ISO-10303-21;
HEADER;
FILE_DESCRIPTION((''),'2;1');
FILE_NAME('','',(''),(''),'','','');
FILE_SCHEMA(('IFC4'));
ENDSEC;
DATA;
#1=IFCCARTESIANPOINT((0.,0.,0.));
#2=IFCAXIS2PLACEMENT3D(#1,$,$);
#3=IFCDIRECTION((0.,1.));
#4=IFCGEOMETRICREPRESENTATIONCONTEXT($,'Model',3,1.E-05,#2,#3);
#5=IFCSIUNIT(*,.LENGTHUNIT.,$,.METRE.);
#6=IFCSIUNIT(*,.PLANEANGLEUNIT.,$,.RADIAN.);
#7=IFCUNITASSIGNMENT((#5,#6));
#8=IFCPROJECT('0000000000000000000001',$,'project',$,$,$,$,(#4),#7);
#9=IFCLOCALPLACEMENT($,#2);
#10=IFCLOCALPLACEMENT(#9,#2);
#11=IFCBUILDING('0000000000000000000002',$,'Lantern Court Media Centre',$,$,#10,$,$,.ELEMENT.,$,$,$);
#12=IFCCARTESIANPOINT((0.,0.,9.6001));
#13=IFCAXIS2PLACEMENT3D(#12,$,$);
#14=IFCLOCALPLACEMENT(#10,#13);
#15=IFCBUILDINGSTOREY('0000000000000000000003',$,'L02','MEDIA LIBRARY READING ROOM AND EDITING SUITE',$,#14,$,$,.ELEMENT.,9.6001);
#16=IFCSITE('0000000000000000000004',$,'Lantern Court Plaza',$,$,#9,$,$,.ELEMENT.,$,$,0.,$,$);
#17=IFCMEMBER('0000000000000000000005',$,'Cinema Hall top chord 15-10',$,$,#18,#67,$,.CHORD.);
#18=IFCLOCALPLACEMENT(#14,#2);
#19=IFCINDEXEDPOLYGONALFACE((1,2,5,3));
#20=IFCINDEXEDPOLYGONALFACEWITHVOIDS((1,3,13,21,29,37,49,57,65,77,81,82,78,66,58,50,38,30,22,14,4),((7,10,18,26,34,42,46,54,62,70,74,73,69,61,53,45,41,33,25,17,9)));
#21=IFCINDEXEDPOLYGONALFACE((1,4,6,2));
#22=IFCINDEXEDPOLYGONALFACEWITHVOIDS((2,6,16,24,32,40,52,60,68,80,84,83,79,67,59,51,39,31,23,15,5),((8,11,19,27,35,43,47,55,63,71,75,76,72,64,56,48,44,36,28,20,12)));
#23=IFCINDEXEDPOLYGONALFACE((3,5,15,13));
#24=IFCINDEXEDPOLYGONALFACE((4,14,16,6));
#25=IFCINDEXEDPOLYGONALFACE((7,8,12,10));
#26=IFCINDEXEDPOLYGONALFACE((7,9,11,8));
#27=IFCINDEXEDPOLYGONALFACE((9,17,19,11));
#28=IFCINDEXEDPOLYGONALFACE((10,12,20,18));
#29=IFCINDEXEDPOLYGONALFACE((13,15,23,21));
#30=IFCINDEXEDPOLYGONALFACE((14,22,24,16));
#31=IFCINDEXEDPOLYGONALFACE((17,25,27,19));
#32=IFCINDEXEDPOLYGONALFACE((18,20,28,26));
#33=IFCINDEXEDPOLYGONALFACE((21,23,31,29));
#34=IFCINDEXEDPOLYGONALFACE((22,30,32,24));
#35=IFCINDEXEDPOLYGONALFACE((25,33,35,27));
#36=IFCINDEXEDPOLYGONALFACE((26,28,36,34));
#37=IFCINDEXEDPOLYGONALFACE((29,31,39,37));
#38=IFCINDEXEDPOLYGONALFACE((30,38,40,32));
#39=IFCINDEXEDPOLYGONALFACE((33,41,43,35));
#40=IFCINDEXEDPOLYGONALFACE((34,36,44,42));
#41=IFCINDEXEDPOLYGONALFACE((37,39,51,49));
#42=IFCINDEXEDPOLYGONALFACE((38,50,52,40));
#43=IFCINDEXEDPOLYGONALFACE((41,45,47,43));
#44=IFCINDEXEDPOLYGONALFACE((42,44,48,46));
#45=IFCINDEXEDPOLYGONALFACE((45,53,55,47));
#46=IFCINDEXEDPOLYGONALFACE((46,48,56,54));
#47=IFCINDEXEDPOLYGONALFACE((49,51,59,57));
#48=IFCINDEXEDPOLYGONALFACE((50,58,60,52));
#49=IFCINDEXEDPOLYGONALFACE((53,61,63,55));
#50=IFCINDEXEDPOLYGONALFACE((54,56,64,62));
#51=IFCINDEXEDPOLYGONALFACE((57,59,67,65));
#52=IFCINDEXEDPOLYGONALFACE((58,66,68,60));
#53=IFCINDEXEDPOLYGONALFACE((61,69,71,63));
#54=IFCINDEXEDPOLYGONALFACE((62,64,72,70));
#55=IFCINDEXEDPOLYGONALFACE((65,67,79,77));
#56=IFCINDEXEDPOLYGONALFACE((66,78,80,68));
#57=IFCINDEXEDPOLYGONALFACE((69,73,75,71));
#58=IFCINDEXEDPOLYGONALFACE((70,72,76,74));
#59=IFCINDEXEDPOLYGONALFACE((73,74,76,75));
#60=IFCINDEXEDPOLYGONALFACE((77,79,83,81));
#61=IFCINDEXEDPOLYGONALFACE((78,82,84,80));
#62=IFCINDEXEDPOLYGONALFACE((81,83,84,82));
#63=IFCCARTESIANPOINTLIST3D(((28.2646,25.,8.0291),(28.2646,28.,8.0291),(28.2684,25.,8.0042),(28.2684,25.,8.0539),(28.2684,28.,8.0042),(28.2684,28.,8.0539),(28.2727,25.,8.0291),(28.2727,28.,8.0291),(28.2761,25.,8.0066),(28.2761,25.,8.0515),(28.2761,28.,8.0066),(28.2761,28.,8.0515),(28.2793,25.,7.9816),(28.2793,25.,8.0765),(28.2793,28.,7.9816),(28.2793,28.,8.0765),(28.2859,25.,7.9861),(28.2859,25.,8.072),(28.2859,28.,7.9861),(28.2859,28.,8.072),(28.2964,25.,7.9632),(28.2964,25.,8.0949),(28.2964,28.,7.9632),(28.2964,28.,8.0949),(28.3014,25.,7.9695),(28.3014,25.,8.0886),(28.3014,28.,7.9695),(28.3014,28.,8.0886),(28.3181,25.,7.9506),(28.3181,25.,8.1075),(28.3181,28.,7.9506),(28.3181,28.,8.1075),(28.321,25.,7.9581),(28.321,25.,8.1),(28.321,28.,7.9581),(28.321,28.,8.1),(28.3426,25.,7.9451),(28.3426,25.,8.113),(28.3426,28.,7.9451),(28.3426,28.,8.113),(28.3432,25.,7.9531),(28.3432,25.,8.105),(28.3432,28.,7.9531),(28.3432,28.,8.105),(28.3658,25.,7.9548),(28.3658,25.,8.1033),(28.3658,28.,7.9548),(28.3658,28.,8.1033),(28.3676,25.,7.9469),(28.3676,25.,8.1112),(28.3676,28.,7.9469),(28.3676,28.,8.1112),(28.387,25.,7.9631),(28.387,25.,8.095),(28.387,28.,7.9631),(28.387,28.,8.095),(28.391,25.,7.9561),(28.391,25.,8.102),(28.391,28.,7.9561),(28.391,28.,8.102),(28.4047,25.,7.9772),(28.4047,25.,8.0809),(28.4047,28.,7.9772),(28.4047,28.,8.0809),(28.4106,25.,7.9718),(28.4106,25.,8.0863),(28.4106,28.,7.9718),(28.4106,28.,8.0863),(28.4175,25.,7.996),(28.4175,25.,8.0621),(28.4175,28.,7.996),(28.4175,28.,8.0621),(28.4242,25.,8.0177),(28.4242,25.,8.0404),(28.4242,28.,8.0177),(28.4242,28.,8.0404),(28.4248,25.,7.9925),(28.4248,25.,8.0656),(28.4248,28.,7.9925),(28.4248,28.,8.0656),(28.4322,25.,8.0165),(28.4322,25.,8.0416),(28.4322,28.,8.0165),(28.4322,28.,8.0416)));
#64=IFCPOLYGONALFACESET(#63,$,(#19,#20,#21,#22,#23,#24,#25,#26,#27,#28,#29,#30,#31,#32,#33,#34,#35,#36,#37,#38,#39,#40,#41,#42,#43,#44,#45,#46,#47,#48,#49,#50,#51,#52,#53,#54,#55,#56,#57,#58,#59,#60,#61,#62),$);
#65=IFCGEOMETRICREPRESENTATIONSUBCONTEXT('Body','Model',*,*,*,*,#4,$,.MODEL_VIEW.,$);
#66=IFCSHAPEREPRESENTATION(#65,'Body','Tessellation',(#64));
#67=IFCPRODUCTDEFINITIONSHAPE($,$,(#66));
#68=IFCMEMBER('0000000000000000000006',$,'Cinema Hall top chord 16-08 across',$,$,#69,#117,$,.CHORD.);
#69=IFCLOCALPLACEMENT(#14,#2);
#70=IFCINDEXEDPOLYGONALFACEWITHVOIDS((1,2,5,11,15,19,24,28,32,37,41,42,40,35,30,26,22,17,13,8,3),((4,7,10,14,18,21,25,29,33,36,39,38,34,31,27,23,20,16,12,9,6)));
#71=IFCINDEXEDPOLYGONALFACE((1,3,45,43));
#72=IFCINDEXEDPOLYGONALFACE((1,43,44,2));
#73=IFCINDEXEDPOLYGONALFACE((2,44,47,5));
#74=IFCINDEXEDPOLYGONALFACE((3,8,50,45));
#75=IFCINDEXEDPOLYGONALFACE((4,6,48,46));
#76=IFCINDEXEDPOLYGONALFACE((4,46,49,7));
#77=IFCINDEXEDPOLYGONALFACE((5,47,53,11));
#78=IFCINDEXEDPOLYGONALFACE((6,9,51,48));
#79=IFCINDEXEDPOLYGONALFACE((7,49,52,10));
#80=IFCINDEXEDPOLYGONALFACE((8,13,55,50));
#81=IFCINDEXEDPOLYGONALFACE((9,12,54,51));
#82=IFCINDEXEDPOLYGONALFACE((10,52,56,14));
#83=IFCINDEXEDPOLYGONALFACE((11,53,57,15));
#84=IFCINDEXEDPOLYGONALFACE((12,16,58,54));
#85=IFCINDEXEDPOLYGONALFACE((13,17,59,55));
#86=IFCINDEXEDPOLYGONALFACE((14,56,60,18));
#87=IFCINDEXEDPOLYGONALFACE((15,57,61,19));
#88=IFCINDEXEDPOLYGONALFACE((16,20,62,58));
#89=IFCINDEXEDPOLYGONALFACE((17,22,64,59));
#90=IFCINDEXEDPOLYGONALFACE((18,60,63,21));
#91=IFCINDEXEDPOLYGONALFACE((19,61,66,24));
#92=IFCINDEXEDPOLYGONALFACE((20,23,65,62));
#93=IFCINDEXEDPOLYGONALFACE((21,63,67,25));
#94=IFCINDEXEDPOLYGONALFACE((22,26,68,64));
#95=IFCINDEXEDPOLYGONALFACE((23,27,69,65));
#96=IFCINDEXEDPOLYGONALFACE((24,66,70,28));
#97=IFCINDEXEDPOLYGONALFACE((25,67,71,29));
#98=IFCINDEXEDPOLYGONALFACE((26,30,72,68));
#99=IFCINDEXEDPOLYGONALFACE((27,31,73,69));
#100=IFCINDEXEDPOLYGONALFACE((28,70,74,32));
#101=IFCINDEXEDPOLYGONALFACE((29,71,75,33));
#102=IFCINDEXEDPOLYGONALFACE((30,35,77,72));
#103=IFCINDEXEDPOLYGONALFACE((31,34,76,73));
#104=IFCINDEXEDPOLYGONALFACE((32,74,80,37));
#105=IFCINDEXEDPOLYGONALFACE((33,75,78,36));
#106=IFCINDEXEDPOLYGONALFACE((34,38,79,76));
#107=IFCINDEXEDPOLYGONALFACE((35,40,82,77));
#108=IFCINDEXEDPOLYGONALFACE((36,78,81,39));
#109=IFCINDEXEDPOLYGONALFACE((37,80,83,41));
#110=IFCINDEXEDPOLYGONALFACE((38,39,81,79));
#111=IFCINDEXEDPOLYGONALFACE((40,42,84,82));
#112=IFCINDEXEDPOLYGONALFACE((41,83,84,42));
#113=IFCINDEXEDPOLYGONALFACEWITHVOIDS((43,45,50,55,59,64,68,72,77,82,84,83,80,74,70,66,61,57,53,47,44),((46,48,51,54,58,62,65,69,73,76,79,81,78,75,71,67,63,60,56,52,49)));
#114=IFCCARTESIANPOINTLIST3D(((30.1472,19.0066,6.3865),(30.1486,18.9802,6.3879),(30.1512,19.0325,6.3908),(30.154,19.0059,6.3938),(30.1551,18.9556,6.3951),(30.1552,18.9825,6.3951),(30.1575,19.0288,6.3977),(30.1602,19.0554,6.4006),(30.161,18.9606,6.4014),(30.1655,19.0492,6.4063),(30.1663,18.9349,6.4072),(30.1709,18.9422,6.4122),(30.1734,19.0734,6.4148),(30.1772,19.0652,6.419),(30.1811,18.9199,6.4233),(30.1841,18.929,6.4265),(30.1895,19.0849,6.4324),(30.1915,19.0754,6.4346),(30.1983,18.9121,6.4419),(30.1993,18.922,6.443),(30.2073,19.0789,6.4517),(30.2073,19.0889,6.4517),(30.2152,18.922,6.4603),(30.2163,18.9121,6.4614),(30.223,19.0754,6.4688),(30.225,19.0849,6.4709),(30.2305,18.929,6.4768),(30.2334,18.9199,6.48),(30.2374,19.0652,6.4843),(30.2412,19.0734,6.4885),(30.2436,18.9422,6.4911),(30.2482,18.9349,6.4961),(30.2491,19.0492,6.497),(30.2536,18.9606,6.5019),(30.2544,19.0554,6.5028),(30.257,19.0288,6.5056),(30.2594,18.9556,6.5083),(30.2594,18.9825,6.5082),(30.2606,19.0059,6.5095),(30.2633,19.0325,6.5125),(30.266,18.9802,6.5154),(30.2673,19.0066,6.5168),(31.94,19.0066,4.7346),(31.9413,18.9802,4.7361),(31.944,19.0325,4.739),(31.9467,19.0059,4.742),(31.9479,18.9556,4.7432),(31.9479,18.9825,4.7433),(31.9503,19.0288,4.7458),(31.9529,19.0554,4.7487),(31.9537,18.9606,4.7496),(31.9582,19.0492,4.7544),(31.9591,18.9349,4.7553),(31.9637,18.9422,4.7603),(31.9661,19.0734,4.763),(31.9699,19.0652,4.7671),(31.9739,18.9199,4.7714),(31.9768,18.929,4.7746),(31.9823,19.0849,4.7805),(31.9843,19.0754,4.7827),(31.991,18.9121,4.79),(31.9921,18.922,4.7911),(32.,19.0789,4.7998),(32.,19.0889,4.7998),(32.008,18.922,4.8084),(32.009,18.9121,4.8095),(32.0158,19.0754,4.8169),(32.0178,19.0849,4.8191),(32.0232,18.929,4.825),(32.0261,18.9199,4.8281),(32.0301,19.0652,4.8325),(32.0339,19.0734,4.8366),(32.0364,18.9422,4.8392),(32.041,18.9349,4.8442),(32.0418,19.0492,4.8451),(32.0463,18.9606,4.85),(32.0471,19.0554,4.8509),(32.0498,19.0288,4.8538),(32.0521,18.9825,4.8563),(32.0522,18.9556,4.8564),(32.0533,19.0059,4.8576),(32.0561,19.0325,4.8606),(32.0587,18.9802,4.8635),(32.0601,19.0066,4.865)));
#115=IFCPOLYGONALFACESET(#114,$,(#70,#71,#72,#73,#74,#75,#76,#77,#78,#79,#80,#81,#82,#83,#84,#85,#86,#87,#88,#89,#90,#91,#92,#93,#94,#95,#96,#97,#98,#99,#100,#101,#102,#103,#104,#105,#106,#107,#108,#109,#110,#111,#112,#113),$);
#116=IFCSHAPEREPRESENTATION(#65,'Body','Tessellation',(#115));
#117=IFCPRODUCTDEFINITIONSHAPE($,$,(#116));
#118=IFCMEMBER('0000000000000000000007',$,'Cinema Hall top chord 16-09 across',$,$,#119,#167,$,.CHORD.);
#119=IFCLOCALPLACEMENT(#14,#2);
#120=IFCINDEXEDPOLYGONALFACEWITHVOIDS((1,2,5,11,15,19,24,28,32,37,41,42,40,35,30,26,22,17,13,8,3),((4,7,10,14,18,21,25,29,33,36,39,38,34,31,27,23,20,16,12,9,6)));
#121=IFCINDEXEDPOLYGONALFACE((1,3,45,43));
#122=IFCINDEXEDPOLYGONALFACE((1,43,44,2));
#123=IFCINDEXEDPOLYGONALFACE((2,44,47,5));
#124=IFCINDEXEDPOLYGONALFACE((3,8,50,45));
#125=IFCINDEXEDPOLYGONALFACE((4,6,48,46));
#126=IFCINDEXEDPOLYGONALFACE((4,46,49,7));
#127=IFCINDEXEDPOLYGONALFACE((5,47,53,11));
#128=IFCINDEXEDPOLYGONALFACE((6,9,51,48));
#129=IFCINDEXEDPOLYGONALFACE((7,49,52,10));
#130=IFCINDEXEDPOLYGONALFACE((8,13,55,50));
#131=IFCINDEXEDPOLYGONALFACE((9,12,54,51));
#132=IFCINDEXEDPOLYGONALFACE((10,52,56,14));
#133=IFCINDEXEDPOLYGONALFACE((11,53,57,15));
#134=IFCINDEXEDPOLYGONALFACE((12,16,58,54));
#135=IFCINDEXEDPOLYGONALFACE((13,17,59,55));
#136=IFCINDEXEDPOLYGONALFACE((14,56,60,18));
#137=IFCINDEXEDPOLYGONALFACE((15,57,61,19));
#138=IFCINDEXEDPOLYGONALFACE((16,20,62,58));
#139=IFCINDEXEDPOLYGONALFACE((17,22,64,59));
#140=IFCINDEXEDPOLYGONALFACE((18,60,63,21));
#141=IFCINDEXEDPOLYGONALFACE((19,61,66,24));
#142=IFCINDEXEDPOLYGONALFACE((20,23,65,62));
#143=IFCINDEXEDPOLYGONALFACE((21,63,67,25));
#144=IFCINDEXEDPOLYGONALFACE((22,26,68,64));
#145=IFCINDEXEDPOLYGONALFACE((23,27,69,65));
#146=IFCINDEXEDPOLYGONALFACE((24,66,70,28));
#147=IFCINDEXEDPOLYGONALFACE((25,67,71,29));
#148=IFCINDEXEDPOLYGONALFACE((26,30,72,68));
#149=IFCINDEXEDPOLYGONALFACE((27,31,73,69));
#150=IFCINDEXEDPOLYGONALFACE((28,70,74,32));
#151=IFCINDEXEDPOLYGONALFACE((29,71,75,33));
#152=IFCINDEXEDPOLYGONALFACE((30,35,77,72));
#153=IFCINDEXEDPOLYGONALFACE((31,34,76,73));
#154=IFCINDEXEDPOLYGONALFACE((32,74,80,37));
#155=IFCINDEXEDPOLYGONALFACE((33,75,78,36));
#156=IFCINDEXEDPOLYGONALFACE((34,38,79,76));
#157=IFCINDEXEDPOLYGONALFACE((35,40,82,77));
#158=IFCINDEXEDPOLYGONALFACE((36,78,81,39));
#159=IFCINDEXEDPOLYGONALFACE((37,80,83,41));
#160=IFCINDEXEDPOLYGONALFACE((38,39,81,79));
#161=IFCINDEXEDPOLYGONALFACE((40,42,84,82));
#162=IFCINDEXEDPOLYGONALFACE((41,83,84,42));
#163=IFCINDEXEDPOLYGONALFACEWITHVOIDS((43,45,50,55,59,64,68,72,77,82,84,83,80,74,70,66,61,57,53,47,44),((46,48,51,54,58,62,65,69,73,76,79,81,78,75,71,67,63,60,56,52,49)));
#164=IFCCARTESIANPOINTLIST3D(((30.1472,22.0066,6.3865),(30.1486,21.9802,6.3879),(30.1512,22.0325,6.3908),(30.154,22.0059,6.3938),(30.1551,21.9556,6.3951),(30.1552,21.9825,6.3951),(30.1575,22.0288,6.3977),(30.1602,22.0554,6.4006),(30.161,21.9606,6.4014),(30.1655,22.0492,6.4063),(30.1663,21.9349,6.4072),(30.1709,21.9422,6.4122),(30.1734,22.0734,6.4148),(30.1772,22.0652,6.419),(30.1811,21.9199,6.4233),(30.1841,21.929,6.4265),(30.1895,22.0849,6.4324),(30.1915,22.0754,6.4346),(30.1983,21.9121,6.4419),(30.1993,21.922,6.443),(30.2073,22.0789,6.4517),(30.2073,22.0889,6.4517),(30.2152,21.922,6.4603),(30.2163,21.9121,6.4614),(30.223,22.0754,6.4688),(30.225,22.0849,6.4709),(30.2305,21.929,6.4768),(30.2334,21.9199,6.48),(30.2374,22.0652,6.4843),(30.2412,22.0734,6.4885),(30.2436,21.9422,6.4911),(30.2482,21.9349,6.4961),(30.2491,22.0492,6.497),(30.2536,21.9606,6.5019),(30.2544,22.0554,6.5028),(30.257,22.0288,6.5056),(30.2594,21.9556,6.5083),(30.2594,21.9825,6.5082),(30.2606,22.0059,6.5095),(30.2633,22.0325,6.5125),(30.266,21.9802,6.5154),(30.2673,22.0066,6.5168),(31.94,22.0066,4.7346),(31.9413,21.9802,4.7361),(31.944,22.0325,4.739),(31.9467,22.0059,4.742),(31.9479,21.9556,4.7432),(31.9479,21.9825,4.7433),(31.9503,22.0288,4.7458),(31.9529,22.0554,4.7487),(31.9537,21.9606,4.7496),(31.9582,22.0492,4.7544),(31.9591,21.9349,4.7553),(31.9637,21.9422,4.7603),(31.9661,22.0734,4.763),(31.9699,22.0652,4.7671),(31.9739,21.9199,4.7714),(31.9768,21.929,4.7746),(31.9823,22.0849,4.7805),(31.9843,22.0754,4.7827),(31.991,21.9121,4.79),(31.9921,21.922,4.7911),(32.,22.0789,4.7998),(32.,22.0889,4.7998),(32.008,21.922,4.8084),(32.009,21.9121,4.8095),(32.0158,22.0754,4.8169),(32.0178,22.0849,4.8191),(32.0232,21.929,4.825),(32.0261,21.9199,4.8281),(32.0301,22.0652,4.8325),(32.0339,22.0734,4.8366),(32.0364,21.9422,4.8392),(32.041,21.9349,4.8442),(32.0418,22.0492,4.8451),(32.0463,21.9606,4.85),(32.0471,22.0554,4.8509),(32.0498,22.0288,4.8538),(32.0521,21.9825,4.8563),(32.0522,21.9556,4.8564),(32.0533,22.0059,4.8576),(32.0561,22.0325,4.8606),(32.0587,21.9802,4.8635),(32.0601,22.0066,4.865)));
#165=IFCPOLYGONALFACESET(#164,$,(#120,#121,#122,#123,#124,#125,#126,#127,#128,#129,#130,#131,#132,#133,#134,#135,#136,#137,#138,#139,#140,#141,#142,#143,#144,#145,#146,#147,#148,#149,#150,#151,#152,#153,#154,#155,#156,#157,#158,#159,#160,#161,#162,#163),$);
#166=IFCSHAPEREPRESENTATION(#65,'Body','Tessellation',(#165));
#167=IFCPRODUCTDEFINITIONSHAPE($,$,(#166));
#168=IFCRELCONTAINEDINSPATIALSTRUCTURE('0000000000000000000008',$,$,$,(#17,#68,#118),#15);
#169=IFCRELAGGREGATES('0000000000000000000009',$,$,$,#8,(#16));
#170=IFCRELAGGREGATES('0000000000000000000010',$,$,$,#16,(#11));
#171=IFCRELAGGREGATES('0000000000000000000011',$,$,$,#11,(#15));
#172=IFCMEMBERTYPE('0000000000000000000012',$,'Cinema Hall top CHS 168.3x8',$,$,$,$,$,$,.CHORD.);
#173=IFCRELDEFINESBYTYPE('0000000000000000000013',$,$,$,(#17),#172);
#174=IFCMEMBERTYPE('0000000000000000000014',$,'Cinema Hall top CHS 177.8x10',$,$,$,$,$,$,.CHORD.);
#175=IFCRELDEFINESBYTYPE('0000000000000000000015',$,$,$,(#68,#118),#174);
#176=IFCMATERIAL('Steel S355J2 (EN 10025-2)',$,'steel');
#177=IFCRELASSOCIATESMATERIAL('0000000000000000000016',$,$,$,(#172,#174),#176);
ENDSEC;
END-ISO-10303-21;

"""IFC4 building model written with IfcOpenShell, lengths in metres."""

from ifc_helpers import new_model, si_unit, direction, frame, origin, origin_2d, place, context, subcontext, project, spatial, hollow_circle, extrude, material, material_profile, profile_set, type_object, element, save


model = new_model("IFC4")

# Units and contexts
model_context = context("Model", 3, precision=1e-05, world=origin(), true_north=direction((0.0, 1.0)))
body_context = subcontext(model_context, "Body", "Model", "MODEL_VIEW")
ifc_project = project(units=[si_unit("LENGTHUNIT", "METRE"), si_unit("PLANEANGLEUNIT", "RADIAN")], contexts=[model_context])

# Site, building, storey
site_placement = place(None, origin())
site = spatial("IfcSite", under=ifc_project, at=site_placement, Name="Lantern Court Plaza", CompositionType="ELEMENT", RefElevation=0.0)
building_placement = place(site_placement, origin())
building = spatial("IfcBuilding", under=site, at=building_placement, Name="Lantern Court Media Centre", CompositionType="ELEMENT")
storey_placement = place(building_placement, frame((0.0, 0.0, 9.6001)))
storey = spatial("IfcBuildingStorey", under=building, at=storey_placement, Name="L02", Description="MEDIA LIBRARY READING ROOM AND EDITING SUITE", CompositionType="ELEMENT", Elevation=9.6001)

# Members
ifc_material = material(Name="Steel S355J2 (EN 10025-2)", Category="steel")
ifc_material_profile_1 = material_profile(ifc_material, hollow_circle(Radius=0.0842, WallThickness=0.0081, at=origin_2d()), Name="Cinema Hall top CHS 168.3x8")
ifc_profile_set_1 = profile_set([ifc_material_profile_1], Name="Steel S355J2 (EN 10025-2)")
member_type_1 = type_object("IfcMemberType", Name="Cinema Hall top CHS 168.3x8", PredefinedType="CHORD", material=ifc_profile_set_1)
for number, where, z_axis, x_axis, name in (
    (1, (28.3489, 25.0, 8.0291), (0.0, 1.0, 0.0), (-1.0, 0.0, 0.0), "Cinema Hall top chord 15-10"),
):
    element("IfcMember", number, at=place(storey_placement, frame(where, z_axis=z_axis, x_axis=x_axis)), inside=storey, type_object=member_type_1, Name=name, PredefinedType="CHORD", context=body_context, shape_type="SweptSolid", body=[
        extrude(hollow_circle(Radius=0.0842, WallThickness=0.0081, at=origin_2d()), origin(), (0.0, 0.0, 1.0), 3.0),
    ])
ifc_material_profile_2 = material_profile(ifc_material, hollow_circle(Radius=0.0889, WallThickness=0.01, at=origin_2d()), Name="Cinema Hall top CHS 177.8x10")
ifc_profile_set_2 = profile_set([ifc_material_profile_2], Name="Steel S355J2 (EN 10025-2)")
member_type_2 = type_object("IfcMemberType", Name="Cinema Hall top CHS 177.8x10", PredefinedType="CHORD", material=ifc_profile_set_2)
for number, where, z_axis, x_axis, name in (
    (2, (30.2073, 19.0, 6.4517), (0.73541, 0.0, -0.677623), (0.0, 1.0, 0.0), "Cinema Hall top chord 16-08 across"),
    (3, (30.2073, 22.0, 6.4517), (0.73541, 0.0, -0.677623), (0.0, 1.0, 0.0), "Cinema Hall top chord 16-09 across"),
):
    element("IfcMember", number, at=place(storey_placement, frame(where, z_axis=z_axis, x_axis=x_axis)), inside=storey, type_object=member_type_2, Name=name, PredefinedType="CHORD", context=body_context, shape_type="SweptSolid", body=[
        extrude(hollow_circle(Radius=0.0889, WallThickness=0.01, at=origin_2d()), origin(), (0.0, 0.0, 1.0), 2.4377),
    ])

save(model, "model.ifc")
